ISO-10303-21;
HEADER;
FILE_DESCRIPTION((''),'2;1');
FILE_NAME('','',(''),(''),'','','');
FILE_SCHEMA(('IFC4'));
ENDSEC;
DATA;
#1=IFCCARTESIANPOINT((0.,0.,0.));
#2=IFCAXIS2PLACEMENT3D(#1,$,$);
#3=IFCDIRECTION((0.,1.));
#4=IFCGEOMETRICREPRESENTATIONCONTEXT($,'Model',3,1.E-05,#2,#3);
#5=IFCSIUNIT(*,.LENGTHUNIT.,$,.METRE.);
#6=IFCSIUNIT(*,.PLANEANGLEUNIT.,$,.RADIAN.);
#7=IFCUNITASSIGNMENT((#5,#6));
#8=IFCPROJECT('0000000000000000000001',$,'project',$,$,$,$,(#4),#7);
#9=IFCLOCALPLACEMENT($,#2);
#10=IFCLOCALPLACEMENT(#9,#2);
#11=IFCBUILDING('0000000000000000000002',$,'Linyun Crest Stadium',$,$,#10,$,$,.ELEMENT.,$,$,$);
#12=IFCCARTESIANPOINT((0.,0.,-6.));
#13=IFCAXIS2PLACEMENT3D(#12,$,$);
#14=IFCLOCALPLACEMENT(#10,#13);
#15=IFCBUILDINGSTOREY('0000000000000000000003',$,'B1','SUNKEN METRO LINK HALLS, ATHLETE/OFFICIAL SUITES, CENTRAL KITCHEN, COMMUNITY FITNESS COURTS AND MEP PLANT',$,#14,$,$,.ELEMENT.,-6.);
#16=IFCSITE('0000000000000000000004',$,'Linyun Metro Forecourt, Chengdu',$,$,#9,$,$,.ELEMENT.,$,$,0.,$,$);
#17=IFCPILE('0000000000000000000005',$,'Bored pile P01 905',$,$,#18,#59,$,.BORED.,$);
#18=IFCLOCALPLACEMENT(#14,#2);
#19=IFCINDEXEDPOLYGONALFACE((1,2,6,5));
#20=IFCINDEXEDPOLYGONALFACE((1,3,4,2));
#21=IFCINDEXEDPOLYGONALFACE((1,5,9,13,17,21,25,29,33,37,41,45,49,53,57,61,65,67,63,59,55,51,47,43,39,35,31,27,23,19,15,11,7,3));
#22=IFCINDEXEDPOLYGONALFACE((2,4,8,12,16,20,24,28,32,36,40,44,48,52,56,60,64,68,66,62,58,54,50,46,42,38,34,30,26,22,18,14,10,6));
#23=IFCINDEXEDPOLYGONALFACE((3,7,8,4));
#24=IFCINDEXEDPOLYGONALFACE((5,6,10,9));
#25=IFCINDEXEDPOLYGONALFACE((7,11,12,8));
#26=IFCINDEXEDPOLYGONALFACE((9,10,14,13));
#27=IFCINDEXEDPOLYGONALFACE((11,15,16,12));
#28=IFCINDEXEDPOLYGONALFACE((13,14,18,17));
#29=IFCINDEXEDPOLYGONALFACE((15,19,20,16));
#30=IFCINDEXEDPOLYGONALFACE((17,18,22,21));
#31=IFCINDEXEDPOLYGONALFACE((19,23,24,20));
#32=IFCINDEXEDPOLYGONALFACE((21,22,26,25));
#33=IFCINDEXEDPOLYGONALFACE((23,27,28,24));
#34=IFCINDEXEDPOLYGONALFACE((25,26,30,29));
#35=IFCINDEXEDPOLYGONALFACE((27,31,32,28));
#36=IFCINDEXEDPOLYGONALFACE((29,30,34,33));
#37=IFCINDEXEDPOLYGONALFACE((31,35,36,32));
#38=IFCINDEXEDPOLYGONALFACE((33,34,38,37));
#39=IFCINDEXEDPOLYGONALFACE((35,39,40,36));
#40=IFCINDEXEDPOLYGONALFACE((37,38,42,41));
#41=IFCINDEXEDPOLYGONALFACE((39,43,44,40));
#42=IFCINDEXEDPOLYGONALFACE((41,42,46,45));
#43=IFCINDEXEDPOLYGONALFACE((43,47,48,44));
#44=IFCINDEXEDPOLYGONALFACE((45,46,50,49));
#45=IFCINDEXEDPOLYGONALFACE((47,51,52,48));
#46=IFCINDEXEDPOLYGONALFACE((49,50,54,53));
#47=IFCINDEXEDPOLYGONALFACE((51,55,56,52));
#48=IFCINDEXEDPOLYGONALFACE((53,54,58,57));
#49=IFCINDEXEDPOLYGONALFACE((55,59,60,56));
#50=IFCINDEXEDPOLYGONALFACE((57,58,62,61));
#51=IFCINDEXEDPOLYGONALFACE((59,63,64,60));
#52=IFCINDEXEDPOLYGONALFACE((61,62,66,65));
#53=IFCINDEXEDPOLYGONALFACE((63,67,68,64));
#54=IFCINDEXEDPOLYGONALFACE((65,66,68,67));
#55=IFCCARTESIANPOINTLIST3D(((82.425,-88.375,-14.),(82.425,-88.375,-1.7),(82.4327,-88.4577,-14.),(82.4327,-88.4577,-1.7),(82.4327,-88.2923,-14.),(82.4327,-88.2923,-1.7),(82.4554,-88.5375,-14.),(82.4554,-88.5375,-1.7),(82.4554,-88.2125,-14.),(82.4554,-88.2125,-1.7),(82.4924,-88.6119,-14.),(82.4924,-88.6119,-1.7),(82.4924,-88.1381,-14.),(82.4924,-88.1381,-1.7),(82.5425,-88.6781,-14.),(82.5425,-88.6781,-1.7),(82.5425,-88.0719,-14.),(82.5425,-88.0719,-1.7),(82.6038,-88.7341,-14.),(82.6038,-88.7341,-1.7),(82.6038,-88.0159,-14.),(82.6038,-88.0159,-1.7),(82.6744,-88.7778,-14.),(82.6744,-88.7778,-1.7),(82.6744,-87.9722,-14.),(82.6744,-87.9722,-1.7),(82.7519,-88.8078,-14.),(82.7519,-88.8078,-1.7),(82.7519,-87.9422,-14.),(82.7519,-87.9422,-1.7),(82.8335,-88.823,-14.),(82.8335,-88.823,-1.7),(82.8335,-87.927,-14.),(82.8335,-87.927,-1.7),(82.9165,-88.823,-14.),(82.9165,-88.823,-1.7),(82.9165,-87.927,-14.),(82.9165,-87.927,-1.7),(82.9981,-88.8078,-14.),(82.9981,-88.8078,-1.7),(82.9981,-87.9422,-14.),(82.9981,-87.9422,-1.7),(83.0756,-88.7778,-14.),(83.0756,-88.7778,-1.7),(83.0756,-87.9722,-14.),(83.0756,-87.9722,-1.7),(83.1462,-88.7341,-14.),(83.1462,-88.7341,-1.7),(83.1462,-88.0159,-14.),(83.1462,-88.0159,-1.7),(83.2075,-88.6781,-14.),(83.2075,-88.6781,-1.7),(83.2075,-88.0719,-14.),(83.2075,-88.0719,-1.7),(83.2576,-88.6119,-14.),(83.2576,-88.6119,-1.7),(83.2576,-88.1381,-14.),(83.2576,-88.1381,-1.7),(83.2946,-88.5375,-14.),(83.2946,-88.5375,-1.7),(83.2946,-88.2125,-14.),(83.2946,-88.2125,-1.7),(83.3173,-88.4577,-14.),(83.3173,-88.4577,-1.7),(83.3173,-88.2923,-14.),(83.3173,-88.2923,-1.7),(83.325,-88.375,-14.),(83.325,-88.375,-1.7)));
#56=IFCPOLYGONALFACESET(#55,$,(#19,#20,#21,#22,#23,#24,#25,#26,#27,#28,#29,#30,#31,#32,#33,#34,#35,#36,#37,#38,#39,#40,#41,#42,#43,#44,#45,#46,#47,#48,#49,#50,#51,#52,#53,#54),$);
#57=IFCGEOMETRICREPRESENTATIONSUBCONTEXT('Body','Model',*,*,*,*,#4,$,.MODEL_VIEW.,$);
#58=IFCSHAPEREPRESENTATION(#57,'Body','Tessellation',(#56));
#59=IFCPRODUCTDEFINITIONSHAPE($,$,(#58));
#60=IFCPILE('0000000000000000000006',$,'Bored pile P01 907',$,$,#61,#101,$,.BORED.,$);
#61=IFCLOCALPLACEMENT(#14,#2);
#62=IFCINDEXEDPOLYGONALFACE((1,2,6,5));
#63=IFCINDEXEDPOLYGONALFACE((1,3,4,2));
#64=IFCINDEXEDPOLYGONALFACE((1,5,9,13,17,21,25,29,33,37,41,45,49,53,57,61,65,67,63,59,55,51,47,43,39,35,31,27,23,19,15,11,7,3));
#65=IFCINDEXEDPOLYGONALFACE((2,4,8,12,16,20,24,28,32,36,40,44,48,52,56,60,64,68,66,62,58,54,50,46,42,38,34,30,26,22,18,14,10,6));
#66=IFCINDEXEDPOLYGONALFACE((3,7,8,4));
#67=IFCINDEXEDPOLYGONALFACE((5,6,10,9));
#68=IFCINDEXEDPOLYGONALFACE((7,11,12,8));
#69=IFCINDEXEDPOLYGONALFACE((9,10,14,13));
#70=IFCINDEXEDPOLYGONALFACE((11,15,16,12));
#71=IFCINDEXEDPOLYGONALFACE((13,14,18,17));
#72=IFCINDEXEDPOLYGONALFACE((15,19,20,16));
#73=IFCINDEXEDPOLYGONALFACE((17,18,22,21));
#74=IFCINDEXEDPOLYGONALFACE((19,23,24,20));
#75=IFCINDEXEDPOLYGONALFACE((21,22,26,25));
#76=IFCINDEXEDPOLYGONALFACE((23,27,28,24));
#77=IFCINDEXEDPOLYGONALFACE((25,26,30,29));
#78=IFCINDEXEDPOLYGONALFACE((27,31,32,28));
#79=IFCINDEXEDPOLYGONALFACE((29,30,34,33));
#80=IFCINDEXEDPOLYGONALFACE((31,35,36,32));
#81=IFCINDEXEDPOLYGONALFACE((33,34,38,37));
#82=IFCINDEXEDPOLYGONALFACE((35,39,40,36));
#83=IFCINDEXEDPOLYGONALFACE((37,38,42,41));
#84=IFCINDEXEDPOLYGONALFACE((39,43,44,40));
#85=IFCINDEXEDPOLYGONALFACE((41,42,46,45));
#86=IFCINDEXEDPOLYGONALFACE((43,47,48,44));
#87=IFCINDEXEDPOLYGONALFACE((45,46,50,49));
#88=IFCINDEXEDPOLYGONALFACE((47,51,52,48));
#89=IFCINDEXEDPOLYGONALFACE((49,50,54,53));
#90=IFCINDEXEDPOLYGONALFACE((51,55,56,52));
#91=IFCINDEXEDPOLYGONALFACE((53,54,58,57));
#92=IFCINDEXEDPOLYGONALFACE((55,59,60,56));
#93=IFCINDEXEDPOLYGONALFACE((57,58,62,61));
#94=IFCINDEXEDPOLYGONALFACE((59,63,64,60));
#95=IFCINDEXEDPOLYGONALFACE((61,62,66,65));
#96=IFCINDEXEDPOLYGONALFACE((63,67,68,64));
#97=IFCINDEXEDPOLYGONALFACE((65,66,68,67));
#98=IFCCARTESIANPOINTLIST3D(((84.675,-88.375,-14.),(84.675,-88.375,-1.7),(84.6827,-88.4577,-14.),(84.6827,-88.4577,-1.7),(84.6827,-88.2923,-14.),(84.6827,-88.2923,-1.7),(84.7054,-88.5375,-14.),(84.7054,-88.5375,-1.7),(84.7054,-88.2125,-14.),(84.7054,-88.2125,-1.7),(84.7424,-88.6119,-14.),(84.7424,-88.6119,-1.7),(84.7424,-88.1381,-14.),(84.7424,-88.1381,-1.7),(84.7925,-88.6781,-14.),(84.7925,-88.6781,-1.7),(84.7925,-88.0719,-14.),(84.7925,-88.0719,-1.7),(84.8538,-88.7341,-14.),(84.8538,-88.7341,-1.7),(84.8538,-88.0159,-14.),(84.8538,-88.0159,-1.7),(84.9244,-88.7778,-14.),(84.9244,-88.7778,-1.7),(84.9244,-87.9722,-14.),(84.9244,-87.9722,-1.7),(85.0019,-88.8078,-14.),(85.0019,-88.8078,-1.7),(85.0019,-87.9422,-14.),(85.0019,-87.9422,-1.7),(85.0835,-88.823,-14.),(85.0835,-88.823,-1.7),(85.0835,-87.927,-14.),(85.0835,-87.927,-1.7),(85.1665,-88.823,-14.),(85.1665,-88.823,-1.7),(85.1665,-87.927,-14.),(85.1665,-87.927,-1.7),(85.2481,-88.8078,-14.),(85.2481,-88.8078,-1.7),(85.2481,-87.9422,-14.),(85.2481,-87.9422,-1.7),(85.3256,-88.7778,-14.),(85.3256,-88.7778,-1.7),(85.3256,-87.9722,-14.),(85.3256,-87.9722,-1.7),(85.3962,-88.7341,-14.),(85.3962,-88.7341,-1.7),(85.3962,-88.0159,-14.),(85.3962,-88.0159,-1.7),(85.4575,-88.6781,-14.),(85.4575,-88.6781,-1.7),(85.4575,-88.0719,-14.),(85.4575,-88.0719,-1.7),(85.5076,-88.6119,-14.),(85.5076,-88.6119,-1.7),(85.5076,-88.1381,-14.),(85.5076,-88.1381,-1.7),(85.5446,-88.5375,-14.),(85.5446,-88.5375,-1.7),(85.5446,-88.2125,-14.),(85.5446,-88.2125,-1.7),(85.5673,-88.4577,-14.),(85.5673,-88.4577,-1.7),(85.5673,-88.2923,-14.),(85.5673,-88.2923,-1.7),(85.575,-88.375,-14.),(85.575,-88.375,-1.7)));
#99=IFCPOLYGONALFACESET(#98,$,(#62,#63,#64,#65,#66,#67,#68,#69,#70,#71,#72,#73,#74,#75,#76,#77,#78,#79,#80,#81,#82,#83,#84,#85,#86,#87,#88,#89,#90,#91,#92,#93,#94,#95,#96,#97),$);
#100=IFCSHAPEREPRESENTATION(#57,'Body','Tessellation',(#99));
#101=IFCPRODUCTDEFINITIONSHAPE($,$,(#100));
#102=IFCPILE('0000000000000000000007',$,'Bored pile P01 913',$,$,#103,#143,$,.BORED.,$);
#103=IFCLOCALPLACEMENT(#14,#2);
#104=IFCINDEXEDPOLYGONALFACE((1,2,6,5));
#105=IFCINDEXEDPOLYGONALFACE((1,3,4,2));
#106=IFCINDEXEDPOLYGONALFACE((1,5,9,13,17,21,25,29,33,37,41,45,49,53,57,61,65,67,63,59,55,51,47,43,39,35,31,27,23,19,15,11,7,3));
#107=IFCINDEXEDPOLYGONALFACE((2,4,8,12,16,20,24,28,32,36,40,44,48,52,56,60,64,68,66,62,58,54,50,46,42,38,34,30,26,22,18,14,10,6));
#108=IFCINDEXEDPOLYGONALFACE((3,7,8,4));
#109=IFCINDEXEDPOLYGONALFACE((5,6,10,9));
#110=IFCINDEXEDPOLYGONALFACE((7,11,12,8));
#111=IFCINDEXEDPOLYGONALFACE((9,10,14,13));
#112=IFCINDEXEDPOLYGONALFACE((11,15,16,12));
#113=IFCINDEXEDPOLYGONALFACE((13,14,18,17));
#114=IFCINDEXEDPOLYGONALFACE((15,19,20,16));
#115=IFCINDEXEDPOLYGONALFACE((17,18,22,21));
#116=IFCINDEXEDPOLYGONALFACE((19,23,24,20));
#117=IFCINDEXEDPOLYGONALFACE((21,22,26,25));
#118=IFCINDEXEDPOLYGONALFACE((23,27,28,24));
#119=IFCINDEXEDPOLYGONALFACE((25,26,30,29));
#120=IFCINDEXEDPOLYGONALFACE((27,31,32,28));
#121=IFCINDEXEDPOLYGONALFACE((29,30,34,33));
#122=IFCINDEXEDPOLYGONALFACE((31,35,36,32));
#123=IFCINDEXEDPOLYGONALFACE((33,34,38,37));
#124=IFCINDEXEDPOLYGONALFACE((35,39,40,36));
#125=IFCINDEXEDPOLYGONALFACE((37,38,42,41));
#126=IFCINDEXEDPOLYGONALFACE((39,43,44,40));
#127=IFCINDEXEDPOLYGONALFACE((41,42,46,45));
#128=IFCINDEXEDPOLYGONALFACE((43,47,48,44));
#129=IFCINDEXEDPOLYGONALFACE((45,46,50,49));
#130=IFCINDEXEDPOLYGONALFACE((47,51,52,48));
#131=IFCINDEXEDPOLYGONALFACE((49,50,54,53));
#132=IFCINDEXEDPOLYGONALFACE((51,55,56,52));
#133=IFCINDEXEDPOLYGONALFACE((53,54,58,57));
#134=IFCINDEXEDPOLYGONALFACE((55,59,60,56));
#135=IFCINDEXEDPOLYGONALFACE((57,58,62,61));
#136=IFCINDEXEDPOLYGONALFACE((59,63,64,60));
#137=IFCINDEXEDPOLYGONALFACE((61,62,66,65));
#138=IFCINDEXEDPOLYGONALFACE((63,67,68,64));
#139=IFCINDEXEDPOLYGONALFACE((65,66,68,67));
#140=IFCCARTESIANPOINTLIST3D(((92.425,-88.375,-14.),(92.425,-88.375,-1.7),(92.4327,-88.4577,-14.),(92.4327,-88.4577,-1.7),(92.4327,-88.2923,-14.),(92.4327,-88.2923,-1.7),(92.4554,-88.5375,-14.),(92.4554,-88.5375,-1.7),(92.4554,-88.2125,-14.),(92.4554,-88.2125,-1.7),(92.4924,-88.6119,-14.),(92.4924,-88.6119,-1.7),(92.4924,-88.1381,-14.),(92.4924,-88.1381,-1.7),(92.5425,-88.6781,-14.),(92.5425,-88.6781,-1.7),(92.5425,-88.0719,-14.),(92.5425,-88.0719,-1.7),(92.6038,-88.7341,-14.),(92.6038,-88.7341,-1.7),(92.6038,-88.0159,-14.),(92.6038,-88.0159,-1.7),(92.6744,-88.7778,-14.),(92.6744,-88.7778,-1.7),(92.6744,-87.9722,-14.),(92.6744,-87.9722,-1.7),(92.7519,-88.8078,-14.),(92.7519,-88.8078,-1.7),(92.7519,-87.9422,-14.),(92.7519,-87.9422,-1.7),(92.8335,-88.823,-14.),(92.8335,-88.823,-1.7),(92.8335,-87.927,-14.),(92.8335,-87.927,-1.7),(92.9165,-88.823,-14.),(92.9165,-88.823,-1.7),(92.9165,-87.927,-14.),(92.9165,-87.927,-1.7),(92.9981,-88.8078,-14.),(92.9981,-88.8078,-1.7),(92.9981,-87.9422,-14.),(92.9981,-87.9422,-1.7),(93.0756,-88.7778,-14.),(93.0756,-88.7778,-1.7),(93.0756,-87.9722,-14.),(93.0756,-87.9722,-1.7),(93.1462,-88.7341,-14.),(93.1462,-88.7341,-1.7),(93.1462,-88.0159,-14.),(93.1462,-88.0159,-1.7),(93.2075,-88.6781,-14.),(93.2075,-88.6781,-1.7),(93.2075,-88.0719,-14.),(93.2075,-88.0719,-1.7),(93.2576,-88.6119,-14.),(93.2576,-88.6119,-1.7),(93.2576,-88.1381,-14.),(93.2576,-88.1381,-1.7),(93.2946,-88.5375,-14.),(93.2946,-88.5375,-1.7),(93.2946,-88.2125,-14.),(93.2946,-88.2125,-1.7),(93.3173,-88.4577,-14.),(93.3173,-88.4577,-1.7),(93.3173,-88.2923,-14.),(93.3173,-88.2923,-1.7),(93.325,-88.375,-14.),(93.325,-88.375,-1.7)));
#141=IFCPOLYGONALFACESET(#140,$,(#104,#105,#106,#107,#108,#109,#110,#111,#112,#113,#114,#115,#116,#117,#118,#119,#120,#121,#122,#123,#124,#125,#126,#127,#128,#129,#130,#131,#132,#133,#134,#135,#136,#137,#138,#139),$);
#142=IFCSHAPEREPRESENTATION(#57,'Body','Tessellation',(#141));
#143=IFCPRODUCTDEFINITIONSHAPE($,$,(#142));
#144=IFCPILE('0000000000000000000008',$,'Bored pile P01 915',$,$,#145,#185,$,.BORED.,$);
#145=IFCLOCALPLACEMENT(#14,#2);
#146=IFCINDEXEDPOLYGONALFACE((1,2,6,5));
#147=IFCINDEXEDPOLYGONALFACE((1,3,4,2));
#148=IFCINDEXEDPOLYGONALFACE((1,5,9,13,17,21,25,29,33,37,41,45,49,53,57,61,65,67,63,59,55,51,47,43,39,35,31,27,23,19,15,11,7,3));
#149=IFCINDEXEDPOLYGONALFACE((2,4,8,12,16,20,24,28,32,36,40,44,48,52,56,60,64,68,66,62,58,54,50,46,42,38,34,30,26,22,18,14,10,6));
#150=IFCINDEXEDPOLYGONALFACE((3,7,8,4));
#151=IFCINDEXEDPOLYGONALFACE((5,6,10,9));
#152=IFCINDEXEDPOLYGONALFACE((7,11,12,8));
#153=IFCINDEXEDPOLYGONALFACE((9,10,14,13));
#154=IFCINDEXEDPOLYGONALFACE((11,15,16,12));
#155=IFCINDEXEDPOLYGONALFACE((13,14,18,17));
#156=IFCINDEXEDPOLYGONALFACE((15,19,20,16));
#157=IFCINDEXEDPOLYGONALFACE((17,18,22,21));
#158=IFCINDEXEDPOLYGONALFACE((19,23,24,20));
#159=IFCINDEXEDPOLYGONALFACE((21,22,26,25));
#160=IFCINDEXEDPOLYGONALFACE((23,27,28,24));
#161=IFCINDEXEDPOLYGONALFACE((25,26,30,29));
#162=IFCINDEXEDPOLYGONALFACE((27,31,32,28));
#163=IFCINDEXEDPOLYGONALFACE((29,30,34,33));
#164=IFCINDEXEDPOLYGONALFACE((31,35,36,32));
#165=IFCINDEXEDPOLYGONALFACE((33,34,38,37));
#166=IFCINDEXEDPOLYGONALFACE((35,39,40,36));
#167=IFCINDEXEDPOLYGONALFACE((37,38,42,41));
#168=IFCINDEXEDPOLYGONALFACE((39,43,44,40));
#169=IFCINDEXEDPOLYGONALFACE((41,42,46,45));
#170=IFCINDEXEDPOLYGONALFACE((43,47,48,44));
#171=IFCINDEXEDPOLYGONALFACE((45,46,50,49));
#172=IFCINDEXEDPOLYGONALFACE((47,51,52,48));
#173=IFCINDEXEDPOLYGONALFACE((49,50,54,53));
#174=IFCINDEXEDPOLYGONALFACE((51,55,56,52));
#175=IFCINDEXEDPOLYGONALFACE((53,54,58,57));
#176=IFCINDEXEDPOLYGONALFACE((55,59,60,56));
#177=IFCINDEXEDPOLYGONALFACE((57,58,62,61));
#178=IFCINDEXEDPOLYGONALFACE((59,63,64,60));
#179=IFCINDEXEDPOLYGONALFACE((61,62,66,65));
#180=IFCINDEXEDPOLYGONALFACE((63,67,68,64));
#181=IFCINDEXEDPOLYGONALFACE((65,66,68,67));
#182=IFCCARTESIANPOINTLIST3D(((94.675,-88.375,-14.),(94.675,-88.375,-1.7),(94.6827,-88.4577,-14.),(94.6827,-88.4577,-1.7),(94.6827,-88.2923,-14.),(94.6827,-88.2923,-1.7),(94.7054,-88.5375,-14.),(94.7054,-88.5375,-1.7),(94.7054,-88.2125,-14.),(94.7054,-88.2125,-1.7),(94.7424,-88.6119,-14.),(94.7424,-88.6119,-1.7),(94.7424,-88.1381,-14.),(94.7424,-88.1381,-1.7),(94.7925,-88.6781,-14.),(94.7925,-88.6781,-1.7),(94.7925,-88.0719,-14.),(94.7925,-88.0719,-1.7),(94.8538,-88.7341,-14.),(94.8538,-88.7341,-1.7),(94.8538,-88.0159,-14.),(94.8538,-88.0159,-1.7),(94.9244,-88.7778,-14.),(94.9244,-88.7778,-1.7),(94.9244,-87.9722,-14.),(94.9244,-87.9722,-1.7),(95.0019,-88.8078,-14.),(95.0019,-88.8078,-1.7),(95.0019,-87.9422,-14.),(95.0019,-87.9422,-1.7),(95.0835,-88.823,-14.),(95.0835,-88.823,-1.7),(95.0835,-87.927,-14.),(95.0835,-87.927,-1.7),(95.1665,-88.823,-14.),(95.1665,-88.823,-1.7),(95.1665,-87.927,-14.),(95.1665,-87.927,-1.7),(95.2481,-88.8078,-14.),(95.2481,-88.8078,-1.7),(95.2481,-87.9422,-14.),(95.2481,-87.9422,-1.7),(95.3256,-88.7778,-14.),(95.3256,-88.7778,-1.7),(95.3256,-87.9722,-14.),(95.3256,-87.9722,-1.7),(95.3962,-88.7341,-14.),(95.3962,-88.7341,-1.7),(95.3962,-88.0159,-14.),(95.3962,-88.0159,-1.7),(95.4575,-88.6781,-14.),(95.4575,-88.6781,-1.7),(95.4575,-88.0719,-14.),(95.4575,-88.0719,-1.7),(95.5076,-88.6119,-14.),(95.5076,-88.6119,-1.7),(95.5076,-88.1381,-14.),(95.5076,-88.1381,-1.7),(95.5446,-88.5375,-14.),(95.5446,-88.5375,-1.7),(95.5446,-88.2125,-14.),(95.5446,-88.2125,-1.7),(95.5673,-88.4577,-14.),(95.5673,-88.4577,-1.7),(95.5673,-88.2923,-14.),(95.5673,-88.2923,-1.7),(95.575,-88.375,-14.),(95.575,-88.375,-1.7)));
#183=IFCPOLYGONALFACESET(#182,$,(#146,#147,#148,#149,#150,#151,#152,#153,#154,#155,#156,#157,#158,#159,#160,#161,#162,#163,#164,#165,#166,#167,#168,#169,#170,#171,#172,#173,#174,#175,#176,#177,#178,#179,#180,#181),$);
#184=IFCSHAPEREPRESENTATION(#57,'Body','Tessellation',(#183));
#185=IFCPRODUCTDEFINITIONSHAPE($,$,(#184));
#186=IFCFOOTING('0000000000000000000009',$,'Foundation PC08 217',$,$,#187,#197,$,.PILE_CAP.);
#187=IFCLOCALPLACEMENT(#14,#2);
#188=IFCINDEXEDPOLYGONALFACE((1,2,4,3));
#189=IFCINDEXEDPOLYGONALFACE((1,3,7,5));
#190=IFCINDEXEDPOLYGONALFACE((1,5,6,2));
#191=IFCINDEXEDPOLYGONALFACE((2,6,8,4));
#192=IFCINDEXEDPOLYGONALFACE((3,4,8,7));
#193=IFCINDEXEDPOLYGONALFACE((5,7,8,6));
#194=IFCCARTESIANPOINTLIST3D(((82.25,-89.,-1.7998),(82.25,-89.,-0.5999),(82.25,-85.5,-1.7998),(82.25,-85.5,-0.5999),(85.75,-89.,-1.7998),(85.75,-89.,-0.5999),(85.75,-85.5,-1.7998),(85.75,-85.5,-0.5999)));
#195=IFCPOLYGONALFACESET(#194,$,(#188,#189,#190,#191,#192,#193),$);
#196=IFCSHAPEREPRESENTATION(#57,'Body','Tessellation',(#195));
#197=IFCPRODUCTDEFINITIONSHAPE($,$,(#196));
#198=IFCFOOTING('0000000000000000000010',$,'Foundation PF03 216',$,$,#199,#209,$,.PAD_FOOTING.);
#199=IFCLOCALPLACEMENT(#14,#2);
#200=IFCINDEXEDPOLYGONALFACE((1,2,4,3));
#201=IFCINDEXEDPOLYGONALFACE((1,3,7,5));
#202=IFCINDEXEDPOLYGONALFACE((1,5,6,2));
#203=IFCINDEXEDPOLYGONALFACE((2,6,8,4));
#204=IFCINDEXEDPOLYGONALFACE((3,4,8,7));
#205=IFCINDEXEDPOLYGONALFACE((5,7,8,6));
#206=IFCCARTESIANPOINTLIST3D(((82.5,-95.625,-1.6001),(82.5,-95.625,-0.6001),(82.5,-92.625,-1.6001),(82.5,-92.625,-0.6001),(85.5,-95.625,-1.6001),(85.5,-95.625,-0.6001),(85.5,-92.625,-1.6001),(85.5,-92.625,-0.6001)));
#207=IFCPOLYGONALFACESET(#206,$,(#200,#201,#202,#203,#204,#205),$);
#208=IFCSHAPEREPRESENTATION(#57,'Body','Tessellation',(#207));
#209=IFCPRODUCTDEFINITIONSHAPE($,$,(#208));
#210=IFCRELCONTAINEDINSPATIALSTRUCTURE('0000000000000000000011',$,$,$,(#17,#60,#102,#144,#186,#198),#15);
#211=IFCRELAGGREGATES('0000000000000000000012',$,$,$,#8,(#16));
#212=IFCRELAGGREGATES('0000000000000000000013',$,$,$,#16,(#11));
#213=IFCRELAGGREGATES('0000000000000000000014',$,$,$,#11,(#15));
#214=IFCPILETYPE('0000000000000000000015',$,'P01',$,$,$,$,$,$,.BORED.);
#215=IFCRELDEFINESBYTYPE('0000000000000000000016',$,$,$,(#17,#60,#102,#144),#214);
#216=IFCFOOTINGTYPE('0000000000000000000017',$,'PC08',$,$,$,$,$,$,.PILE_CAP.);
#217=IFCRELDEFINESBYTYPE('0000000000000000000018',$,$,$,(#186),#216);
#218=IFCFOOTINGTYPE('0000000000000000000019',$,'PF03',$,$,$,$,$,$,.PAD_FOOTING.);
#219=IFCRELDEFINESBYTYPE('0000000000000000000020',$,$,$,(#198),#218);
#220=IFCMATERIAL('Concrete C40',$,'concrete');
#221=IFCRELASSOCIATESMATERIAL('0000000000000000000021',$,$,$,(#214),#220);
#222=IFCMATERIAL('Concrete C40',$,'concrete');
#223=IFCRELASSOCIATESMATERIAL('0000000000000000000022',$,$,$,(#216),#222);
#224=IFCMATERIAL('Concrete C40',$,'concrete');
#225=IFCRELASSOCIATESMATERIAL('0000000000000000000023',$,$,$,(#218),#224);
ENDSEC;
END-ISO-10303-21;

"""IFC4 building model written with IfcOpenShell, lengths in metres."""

from ifc_helpers import new_model, si_unit, direction, frame, origin, origin_2d, place, context, subcontext, project, spatial, rectangle, circle, extrude, material, material_profile, profile_set, type_object, element, save


model = new_model("IFC4")

# Units and contexts
model_context = context("Model", 3, precision=1e-05, world=origin(), true_north=direction((0.0, 1.0)))
body_context = subcontext(model_context, "Body", "Model", "MODEL_VIEW")
ifc_project = project(units=[si_unit("LENGTHUNIT", "METRE"), si_unit("PLANEANGLEUNIT", "RADIAN")], contexts=[model_context])

# Site, building, storey
site_placement = place(None, origin())
site = spatial("IfcSite", under=ifc_project, at=site_placement, Name="Linyun Metro Forecourt, Chengdu", CompositionType="ELEMENT", RefElevation=0.0)
building_placement = place(site_placement, origin())
building = spatial("IfcBuilding", under=site, at=building_placement, Name="Linyun Crest Stadium", CompositionType="ELEMENT")
storey_placement = place(building_placement, frame((0.0, 0.0, -6.0)))
storey = spatial("IfcBuildingStorey", under=building, at=storey_placement, Name="B1", Description="SUNKEN METRO LINK HALLS, ATHLETE/OFFICIAL SUITES, CENTRAL KITCHEN, COMMUNITY FITNESS COURTS AND MEP PLANT", CompositionType="ELEMENT", Elevation=-6.0)

# Piles
ifc_material_1 = material(Name="Concrete C40", Category="concrete")
ifc_material_profile_1 = material_profile(ifc_material_1, circle(Radius=0.45, at=origin_2d()), Name="BORED PILE 900")
ifc_profile_set_1 = profile_set([ifc_material_profile_1], Name="Concrete C40")
pile_type = type_object("IfcPileType", Name="P01", PredefinedType="BORED", material=ifc_profile_set_1)
for number, where, z_axis, x_axis, name in (
    (1, (82.875, -88.375, -1.7), (0.0, 0.0, -1.0), (1.0, 0.0, 0.0), "Bored pile P01 905"),
    (2, (85.125, -88.375, -1.7), (0.0, 0.0, -1.0), (1.0, 0.0, 0.0), "Bored pile P01 907"),
    (3, (92.875, -88.375, -1.7), (0.0, 0.0, -1.0), (1.0, 0.0, 0.0), "Bored pile P01 913"),
    (4, (95.125, -88.375, -1.7), (0.0, 0.0, -1.0), (1.0, 0.0, 0.0), "Bored pile P01 915"),
):
    element("IfcPile", number, at=place(storey_placement, frame(where, z_axis=z_axis, x_axis=x_axis)), inside=storey, type_object=pile_type, Name=name, PredefinedType="BORED", context=body_context, shape_type="SweptSolid", body=[
        extrude(circle(Radius=0.45, at=origin_2d()), origin(), (0.0, 0.0, 1.0), 12.3),
    ])

# Footings
ifc_material_2 = material(Name="Concrete C40", Category="concrete")
footing_type_1 = type_object("IfcFootingType", Name="PC08", PredefinedType="PILE_CAP", material=ifc_material_2)
footing_placement = place(storey_placement, frame((84.0, -87.25, -1.7998), z_axis=(0.0, 0.0, 1.0), x_axis=(1.0, 0.0, 0.0)))
element("IfcFooting", 5, at=footing_placement, inside=storey, type_object=footing_type_1, Name="Foundation PC08 217", PredefinedType="PILE_CAP", context=body_context, shape_type="SweptSolid", body=[
    extrude(rectangle(XDim=3.5, YDim=3.5, at=origin_2d()), origin(), (0.0, 0.0, 1.0), 1.2),
])
ifc_material_3 = material(Name="Concrete C40", Category="concrete")
footing_type_2 = type_object("IfcFootingType", Name="PF03", PredefinedType="PAD_FOOTING", material=ifc_material_3)
for number, where, z_axis, x_axis, name in (
    (6, (84.0, -94.125, -1.6001), (0.0, 0.0, 1.0), (1.0, 0.0, 0.0), "Foundation PF03 216"),
):
    element("IfcFooting", number, at=place(storey_placement, frame(where, z_axis=z_axis, x_axis=x_axis)), inside=storey, type_object=footing_type_2, Name=name, PredefinedType="PAD_FOOTING", context=body_context, shape_type="SweptSolid", body=[
        extrude(rectangle(XDim=3.0, YDim=3.0, at=origin_2d()), origin(), (0.0, 0.0, 1.0), 1.0),
    ])

save(model, "model.ifc")
